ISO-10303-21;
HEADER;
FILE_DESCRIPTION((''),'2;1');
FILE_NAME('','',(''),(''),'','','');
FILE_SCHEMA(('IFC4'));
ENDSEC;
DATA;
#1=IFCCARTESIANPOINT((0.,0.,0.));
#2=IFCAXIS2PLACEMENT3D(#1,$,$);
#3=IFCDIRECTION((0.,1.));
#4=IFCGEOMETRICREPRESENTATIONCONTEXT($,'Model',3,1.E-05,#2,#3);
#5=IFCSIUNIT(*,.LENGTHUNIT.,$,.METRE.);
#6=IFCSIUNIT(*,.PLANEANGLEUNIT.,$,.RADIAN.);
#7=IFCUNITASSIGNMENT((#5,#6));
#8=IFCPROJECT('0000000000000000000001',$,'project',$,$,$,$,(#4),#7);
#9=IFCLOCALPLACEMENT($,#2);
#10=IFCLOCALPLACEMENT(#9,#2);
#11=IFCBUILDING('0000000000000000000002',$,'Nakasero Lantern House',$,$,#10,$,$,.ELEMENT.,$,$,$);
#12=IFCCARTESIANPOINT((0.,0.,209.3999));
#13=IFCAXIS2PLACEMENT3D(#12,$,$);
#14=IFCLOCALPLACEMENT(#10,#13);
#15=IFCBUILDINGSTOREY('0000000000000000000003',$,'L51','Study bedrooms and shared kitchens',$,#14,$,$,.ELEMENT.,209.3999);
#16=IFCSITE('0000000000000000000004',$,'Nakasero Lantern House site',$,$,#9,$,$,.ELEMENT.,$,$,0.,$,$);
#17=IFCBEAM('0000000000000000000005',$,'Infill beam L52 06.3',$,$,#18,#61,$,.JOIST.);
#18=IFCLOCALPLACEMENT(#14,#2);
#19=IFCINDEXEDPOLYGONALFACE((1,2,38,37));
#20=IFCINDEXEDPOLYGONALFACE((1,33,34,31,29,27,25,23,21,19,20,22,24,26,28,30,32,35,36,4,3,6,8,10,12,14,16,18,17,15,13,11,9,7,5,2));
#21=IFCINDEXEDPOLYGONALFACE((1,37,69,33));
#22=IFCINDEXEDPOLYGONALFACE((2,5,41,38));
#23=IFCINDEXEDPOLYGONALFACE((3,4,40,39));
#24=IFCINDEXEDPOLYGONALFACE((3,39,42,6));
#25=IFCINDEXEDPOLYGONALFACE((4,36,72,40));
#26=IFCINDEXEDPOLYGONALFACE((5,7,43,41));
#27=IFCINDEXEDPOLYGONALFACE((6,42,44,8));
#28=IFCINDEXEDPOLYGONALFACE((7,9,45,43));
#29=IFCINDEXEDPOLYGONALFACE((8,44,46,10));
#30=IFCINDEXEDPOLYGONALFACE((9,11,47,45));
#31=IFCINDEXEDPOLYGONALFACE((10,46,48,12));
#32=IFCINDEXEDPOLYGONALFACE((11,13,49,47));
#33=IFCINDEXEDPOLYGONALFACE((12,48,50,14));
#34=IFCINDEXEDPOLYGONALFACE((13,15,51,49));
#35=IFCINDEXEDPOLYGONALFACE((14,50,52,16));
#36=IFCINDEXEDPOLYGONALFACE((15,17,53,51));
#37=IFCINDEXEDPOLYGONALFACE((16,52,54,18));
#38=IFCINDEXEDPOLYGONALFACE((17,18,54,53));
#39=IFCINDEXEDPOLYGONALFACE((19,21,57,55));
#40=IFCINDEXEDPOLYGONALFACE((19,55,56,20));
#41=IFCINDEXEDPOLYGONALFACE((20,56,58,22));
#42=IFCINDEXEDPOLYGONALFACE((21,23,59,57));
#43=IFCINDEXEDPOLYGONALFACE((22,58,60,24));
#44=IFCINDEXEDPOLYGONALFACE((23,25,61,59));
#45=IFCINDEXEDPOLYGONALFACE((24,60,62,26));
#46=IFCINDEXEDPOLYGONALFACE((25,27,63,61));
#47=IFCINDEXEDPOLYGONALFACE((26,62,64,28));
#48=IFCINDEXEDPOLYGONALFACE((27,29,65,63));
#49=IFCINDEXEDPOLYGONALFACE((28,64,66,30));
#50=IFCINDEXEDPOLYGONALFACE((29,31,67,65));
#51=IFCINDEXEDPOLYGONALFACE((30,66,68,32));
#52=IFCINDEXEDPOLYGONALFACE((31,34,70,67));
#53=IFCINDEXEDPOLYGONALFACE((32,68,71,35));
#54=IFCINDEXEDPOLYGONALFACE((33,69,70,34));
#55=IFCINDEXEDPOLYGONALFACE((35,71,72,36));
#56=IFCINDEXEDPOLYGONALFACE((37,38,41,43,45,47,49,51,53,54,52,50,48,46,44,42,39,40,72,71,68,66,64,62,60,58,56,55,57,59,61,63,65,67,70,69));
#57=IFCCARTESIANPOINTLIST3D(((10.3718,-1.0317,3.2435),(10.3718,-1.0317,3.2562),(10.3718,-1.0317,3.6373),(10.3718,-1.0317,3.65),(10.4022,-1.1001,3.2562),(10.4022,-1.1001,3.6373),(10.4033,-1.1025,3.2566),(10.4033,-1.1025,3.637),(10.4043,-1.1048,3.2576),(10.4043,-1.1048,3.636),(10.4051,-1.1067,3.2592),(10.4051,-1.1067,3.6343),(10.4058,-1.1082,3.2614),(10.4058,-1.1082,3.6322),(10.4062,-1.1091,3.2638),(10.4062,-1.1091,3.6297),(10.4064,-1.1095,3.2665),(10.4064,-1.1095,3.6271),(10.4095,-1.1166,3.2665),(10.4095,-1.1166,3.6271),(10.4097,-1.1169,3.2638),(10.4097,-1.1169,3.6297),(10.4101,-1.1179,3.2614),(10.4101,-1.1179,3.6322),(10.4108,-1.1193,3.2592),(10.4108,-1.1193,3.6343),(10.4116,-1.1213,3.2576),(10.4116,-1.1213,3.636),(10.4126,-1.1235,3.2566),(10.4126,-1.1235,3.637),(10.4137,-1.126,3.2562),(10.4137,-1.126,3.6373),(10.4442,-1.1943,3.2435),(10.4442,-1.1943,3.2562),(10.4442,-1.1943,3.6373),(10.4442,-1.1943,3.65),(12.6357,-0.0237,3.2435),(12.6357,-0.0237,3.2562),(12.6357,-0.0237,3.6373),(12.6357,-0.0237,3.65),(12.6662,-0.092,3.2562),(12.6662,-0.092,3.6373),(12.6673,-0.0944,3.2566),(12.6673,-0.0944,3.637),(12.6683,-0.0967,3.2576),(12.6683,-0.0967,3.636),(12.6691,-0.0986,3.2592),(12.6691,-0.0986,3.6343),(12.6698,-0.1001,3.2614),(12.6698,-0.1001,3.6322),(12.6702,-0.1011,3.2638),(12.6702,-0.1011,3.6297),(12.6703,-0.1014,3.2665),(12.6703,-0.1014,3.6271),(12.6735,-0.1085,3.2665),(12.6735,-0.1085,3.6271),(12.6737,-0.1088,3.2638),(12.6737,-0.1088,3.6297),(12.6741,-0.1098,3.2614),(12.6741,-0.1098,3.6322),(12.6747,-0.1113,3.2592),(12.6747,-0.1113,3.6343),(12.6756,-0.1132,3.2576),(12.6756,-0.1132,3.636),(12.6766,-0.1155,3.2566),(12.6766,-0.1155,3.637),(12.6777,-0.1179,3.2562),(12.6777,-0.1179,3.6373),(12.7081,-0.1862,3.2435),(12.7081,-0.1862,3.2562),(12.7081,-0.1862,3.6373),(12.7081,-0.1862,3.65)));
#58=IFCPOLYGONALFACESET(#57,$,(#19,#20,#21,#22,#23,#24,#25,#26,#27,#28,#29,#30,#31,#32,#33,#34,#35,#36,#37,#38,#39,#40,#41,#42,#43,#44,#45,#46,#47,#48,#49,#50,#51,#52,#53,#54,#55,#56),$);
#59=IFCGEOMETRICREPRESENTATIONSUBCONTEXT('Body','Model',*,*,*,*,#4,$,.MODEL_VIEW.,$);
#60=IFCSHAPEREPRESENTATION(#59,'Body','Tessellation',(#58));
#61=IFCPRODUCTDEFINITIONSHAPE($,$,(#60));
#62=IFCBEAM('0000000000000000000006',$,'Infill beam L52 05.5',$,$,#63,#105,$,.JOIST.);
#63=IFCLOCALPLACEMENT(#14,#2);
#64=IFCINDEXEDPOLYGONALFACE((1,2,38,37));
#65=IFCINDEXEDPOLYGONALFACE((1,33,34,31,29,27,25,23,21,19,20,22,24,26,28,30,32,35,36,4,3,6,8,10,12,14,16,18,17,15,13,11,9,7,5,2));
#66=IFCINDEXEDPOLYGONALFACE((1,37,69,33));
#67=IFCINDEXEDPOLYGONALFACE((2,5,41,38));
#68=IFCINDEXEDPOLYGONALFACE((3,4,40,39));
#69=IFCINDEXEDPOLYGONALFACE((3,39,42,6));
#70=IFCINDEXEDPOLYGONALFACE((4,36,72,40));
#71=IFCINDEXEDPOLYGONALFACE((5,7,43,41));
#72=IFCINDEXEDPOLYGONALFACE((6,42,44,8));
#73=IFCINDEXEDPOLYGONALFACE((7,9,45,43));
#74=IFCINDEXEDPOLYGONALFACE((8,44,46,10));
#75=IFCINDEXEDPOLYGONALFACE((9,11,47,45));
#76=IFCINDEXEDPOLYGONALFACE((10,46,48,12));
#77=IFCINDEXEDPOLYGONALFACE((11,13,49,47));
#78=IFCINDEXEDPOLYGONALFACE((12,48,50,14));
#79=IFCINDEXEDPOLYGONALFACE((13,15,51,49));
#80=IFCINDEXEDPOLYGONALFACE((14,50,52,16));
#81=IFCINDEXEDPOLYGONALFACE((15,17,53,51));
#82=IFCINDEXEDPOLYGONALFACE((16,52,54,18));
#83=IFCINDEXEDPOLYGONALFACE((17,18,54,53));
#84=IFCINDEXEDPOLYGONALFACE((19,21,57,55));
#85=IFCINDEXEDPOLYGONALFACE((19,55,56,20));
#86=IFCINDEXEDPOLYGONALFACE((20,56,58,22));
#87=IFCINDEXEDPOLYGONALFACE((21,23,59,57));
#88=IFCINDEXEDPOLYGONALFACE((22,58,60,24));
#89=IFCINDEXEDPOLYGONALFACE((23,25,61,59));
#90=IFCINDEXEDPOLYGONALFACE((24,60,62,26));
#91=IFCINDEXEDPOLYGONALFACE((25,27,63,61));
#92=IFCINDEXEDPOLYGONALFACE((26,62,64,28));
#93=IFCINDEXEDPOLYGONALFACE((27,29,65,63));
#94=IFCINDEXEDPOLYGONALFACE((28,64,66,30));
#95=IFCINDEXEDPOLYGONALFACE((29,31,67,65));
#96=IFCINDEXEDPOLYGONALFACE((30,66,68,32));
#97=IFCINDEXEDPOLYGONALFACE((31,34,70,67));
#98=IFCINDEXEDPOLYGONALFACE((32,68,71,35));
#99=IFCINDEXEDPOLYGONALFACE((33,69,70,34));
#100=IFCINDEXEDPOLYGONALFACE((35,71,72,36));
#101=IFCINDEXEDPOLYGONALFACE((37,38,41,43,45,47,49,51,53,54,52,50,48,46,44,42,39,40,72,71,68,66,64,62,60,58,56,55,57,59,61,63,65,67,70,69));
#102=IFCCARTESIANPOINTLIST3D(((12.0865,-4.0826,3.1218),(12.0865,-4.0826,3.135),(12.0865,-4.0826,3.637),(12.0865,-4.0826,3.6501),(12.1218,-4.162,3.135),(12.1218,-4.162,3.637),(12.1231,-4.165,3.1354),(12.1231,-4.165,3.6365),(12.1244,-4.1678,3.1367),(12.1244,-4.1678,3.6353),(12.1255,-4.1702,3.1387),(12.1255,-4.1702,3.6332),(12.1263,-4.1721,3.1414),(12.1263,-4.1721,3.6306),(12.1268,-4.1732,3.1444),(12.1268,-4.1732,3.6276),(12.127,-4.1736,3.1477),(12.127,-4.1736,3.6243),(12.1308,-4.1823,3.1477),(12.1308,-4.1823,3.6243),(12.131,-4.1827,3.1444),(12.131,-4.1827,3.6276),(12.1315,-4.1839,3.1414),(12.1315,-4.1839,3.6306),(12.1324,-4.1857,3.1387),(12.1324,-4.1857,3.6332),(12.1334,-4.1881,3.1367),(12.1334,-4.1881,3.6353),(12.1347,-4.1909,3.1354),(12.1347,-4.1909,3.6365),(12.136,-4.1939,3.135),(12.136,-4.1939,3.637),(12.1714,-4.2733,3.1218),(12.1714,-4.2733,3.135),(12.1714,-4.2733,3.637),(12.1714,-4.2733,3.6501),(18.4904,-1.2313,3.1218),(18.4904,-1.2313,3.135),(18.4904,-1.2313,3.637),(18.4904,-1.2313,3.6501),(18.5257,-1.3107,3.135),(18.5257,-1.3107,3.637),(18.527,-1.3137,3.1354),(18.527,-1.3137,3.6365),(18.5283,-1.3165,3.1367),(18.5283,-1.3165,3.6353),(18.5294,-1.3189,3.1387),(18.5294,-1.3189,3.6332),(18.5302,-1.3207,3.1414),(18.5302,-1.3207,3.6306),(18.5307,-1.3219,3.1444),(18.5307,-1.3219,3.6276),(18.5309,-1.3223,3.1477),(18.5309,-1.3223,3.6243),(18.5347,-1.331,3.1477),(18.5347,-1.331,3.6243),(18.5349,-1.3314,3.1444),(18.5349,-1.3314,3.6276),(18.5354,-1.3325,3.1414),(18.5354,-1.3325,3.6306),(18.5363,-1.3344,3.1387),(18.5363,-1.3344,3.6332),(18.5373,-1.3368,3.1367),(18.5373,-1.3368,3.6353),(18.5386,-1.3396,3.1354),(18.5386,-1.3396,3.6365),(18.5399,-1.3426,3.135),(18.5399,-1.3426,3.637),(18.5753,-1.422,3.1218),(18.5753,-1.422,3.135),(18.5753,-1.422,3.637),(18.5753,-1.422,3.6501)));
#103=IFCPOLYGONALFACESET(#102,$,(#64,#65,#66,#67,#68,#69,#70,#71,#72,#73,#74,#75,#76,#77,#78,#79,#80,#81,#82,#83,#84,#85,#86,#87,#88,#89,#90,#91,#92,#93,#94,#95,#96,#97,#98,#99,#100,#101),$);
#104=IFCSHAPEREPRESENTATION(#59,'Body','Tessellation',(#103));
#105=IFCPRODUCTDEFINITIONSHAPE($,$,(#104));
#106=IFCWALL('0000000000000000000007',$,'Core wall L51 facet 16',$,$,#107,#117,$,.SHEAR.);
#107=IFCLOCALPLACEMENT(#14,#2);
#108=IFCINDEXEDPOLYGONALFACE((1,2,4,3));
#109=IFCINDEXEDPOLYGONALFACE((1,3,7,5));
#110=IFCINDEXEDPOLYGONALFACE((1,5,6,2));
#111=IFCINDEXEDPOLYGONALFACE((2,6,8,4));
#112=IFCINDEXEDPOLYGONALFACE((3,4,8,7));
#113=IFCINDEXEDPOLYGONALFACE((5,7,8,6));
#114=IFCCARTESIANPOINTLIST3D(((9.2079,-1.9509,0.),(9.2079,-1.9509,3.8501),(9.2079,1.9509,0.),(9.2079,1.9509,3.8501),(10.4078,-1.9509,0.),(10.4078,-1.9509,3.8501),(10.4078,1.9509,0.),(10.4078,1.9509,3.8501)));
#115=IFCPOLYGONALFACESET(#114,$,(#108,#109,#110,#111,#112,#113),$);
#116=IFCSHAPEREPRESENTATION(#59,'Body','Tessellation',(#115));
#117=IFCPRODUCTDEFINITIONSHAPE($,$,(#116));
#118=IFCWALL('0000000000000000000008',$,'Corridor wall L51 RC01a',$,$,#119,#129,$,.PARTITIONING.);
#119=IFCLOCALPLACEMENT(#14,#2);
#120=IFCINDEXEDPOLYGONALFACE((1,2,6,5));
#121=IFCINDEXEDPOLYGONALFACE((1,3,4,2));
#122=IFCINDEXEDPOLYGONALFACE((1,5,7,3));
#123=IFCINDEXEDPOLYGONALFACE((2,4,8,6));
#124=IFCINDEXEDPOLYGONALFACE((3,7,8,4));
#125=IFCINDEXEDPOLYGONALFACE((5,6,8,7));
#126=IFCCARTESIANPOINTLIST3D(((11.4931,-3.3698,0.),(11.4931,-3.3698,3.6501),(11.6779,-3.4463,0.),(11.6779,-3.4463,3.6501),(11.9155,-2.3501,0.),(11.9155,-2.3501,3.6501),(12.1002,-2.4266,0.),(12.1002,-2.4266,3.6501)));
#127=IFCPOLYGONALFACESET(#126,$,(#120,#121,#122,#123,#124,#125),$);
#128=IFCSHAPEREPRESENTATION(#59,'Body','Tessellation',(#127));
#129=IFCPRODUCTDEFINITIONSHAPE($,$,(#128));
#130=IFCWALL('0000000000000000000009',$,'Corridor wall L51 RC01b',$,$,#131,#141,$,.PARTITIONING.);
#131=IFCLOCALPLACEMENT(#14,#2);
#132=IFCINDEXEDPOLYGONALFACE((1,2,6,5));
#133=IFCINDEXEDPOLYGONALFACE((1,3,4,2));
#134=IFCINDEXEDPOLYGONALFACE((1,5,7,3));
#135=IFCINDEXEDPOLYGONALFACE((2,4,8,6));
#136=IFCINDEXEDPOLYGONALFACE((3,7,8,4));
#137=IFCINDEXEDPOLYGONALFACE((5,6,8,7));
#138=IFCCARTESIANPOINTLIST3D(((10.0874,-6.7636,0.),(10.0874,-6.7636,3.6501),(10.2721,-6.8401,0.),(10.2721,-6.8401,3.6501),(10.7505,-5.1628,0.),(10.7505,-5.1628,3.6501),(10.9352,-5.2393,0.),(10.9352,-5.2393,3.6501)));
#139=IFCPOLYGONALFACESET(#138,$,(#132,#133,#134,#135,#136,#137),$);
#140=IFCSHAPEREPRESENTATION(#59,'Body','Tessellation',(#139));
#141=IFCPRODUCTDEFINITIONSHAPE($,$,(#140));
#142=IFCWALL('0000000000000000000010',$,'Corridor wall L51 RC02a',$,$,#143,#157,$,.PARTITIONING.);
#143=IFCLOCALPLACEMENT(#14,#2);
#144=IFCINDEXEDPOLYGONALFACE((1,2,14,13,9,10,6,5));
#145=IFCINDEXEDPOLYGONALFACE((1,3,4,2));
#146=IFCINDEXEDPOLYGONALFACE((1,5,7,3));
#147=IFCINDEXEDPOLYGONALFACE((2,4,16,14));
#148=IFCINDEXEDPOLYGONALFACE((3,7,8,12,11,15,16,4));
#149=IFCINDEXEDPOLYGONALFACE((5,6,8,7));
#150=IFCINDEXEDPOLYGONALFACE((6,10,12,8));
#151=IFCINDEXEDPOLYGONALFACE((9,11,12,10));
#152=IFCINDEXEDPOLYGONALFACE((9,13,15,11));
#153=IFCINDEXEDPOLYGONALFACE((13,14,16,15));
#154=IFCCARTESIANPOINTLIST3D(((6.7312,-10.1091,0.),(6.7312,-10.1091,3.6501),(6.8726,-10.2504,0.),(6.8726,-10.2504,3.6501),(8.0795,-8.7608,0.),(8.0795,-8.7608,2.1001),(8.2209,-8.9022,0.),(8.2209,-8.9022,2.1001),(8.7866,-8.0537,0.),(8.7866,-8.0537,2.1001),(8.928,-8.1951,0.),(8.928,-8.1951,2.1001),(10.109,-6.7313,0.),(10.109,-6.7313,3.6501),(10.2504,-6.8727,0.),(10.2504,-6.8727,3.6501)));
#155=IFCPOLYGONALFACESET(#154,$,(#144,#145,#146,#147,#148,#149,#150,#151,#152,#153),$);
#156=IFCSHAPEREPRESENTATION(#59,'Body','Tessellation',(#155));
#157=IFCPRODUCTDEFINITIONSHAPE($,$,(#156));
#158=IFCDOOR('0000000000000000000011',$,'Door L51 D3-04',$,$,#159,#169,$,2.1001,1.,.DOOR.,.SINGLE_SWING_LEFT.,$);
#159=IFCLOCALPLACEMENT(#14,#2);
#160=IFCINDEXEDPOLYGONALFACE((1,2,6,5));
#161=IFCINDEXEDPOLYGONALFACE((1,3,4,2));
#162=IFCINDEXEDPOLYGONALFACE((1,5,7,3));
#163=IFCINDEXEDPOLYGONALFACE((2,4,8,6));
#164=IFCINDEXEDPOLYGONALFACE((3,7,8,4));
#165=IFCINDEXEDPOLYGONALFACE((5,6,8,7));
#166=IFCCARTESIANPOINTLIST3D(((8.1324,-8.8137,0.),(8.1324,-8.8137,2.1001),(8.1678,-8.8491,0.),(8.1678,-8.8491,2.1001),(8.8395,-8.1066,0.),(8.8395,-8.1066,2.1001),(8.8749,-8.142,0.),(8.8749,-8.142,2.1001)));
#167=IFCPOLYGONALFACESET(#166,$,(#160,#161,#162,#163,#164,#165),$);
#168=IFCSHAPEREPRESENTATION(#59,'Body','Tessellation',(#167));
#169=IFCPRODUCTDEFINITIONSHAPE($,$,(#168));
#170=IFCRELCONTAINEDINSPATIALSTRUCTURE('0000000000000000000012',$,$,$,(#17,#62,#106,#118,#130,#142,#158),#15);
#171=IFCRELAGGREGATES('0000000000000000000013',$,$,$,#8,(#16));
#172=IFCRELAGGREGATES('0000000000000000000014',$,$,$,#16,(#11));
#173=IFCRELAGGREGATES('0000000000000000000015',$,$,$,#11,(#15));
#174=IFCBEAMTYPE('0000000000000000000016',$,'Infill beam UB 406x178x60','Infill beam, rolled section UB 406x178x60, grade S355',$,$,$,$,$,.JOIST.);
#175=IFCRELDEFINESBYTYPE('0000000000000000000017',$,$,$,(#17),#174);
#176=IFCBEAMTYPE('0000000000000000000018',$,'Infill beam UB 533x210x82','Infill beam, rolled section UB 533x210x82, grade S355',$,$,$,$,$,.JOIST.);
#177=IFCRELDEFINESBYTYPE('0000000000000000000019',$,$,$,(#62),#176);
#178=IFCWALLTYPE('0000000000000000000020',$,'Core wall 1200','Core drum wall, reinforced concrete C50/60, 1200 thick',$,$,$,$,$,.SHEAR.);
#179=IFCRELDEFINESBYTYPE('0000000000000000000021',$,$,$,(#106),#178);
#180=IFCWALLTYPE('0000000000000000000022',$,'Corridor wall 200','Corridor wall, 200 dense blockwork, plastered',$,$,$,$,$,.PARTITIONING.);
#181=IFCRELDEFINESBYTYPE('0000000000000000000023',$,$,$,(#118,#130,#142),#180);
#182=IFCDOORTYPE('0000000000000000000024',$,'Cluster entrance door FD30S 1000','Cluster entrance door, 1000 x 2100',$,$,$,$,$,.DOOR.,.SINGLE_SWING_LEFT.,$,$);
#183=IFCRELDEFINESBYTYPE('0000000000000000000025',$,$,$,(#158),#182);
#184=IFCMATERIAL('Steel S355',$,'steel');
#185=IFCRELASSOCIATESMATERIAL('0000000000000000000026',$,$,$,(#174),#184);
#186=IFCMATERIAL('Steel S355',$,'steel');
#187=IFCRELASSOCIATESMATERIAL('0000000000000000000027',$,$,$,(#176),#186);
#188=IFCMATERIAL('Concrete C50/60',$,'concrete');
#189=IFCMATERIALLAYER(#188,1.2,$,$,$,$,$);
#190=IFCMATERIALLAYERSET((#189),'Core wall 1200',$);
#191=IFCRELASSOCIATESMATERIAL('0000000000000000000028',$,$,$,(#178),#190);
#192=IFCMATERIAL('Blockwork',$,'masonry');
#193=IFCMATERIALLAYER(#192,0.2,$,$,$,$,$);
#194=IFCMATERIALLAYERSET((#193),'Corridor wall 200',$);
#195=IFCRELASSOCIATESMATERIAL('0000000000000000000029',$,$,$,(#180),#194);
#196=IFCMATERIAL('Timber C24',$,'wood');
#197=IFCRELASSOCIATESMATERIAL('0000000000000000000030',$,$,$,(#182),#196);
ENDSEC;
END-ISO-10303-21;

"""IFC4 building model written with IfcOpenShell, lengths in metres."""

from ifc_helpers import new_model, si_unit, direction, frame, frame_2d, origin, origin_2d, place, context, subcontext, project, spatial, rectangle, i_section, extrude, material, layer, layer_set, material_profile, profile_set, type_object, element, fill, save


model = new_model("IFC4")

# Units and contexts
model_context = context("Model", 3, precision=1e-05, world=origin(), true_north=direction((0.0, 1.0)))
body_context = subcontext(model_context, "Body", "Model", "MODEL_VIEW")
ifc_project = project(units=[si_unit("LENGTHUNIT", "METRE"), si_unit("PLANEANGLEUNIT", "RADIAN")], contexts=[model_context])

# Site, building, storey
site_placement = place(None, origin())
site = spatial("IfcSite", under=ifc_project, at=site_placement, Name="Nakasero Lantern House site", CompositionType="ELEMENT", RefElevation=0.0)
building_placement = place(site_placement, origin())
building = spatial("IfcBuilding", under=site, at=building_placement, Name="Nakasero Lantern House", CompositionType="ELEMENT")
storey_placement = place(building_placement, frame((0.0, 0.0, 209.3999)))
storey = spatial("IfcBuildingStorey", under=building, at=storey_placement, Name="L51", Description="Study bedrooms and shared kitchens", CompositionType="ELEMENT", Elevation=209.3999)

# Beams
ifc_material_1 = material(Name="Steel S355", Category="steel")
ifc_material_profile_1 = material_profile(ifc_material_1, i_section(OverallWidth=0.178, OverallDepth=0.4065, WebThickness=0.0078, FlangeThickness=0.0127, FilletRadius=0.0103, at=origin_2d()), Name="UB 406x178x60")
ifc_profile_set_1 = profile_set([ifc_material_profile_1], Name="Steel S355")
beam_type_1 = type_object("IfcBeamType", Name="Infill beam UB 406x178x60", Description="Infill beam, rolled section UB 406x178x60, grade S355", PredefinedType="JOIST", material=ifc_profile_set_1)
beam_1_placement = place(storey_placement, frame((10.408, -1.113, 3.4468), z_axis=(0.913531, 0.406769, 0.0), x_axis=(-0.406769, 0.913531, 0.0)))
element("IfcBeam", 1, at=beam_1_placement, inside=storey, type_object=beam_type_1, Name="Infill beam L52 06.3", PredefinedType="JOIST", context=body_context, shape_type="SweptSolid", body=[
    extrude(i_section(OverallWidth=0.178, OverallDepth=0.4065, WebThickness=0.0078, FlangeThickness=0.0127, FilletRadius=0.0103, at=origin_2d()), origin(), (0.0, 0.0, 1.0), 2.4783),
])
ifc_material_2 = material(Name="Steel S355", Category="steel")
ifc_material_profile_2 = material_profile(ifc_material_2, i_section(OverallWidth=0.2087, OverallDepth=0.5283, WebThickness=0.0095, FlangeThickness=0.0132, FilletRadius=0.0127, at=origin_2d()), Name="UB 533x210x82")
ifc_profile_set_2 = profile_set([ifc_material_profile_2], Name="Steel S355")
beam_type_2 = type_object("IfcBeamType", Name="Infill beam UB 533x210x82", Description="Infill beam, rolled section UB 533x210x82, grade S355", PredefinedType="JOIST", material=ifc_profile_set_2)
beam_2_placement = place(storey_placement, frame((12.1289, -4.178, 3.386), z_axis=(0.913537, 0.406756, 0.0), x_axis=(-0.406756, 0.913537, 0.0)))
element("IfcBeam", 2, at=beam_2_placement, inside=storey, type_object=beam_type_2, Name="Infill beam L52 05.5", PredefinedType="JOIST", context=body_context, shape_type="SweptSolid", body=[
    extrude(i_section(OverallWidth=0.2087, OverallDepth=0.5283, WebThickness=0.0095, FlangeThickness=0.0132, FilletRadius=0.0127, at=origin_2d()), origin(), (0.0, 0.0, 1.0), 7.01),
])

# Walls
ifc_material_3 = material(Name="Concrete C50/60", Category="concrete")
ifc_layer_1 = layer(ifc_material_3, 1.2)
ifc_layer_set_1 = layer_set([ifc_layer_1], Name="Core wall 1200")
wall_type_1 = type_object("IfcWallType", Name="Core wall 1200", Description="Core drum wall, reinforced concrete C50/60, 1200 thick", PredefinedType="SHEAR", material=ifc_layer_set_1)
wall_1_placement = place(storey_placement, frame((9.8079, -1.9509, 0.0), z_axis=(0.0, 0.0, 1.0), x_axis=(0.0, 1.0, 0.0)))
element("IfcWall", 3, at=wall_1_placement, inside=storey, type_object=wall_type_1, Name="Core wall L51 facet 16", PredefinedType="SHEAR", context=body_context, shape_type="SweptSolid", body=[
    extrude(rectangle(XDim=3.9019, YDim=1.2, at=frame_2d((1.9509, 0.0))), origin(), (0.0, 0.0, 1.0), 3.8501),
])
ifc_material_4 = material(Name="Blockwork", Category="masonry")
ifc_layer_2 = layer(ifc_material_4, 0.2)
ifc_layer_set_2 = layer_set([ifc_layer_2], Name="Corridor wall 200")
wall_type_2 = type_object("IfcWallType", Name="Corridor wall 200", Description="Corridor wall, 200 dense blockwork, plastered", PredefinedType="PARTITIONING", material=ifc_layer_set_2)
wall_2_placement = place(storey_placement, frame((12.0078, -2.3884, 0.0), z_axis=(0.0, 0.0, 1.0), x_axis=(-0.382651, -0.923893, 0.0)))
element("IfcWall", 4, at=wall_2_placement, inside=storey, type_object=wall_type_2, Name="Corridor wall L51 RC01a", PredefinedType="PARTITIONING", context=body_context, shape_type="SweptSolid", body=[
    extrude(rectangle(XDim=1.1038, YDim=0.2, at=frame_2d((0.5518, 0.0))), origin(), (0.0, 0.0, 1.0), 3.6501),
])
wall_3_placement = place(storey_placement, frame((10.8428, -5.2012, 0.0), z_axis=(0.0, 0.0, 1.0), x_axis=(-0.382684, -0.923879, 0.0)))
element("IfcWall", 5, at=wall_3_placement, inside=storey, type_object=wall_type_2, Name="Corridor wall L51 RC01b", PredefinedType="PARTITIONING", context=body_context, shape_type="SweptSolid", body=[
    extrude(rectangle(XDim=1.7327, YDim=0.2, at=frame_2d((0.8662, 0.0))), origin(), (0.0, 0.0, 1.0), 3.6501),
])

# Wall, opening, door
wall_4_placement = place(storey_placement, frame((10.1797, -6.802, 0.0), z_axis=(0.0, 0.0, 1.0), x_axis=(-0.707107, -0.707107, 0.0)))
wall_4 = element("IfcWall", 6, at=wall_4_placement, inside=storey, type_object=wall_type_2, Name="Corridor wall L51 RC02a", PredefinedType="PARTITIONING", context=body_context, shape_type="SweptSolid", body=[
    extrude(rectangle(XDim=4.7769, YDim=0.2, at=frame_2d((2.3884, 0.0))), origin(), (0.0, 0.0, 1.0), 3.6501),
])
opening_1_placement = place(wall_4_placement, frame((1.8701, 0.0, 0.0)))
opening_1 = element("IfcOpeningElement", 7, at=opening_1_placement, cuts=wall_4, PredefinedType="OPENING", context=body_context, shape_type="SweptSolid", body=[
    extrude(rectangle(XDim=1.0, YDim=2.1001, at=frame_2d((0.5, 1.05))), frame((0.0, 0.1199, 0.0), z_axis=(0.0, -1.0, 0.0), x_axis=(1.0, 0.0, 0.0)), (0.0, 0.0, 1.0), 0.24),
])
ifc_material_5 = material(Name="Timber C24", Category="wood")
door_type_1 = type_object("IfcDoorType", Name="Cluster entrance door FD30S 1000", Description="Cluster entrance door, 1000 x 2100", OperationType="SINGLE_SWING_LEFT", PredefinedType="DOOR", material=ifc_material_5)
door_1_placement = place(opening_1_placement, origin())
door_1 = element("IfcDoor", 8, at=door_1_placement, inside=storey, type_object=door_type_1, Name="Door L51 D3-04", OperationType="SINGLE_SWING_LEFT", OverallHeight=2.1001, OverallWidth=1.0, PredefinedType="DOOR", context=body_context, shape_type="SweptSolid", body=[
    extrude(rectangle(XDim=1.0, YDim=2.1001, at=frame_2d((0.5, 1.05))), frame((0.0, 0.0249, 0.0), z_axis=(0.0, -1.0, 0.0), x_axis=(1.0, 0.0, 0.0)), (0.0, 0.0, 1.0), 0.05),
])
fill(opening_1, door_1)

save(model, "model.ifc")
